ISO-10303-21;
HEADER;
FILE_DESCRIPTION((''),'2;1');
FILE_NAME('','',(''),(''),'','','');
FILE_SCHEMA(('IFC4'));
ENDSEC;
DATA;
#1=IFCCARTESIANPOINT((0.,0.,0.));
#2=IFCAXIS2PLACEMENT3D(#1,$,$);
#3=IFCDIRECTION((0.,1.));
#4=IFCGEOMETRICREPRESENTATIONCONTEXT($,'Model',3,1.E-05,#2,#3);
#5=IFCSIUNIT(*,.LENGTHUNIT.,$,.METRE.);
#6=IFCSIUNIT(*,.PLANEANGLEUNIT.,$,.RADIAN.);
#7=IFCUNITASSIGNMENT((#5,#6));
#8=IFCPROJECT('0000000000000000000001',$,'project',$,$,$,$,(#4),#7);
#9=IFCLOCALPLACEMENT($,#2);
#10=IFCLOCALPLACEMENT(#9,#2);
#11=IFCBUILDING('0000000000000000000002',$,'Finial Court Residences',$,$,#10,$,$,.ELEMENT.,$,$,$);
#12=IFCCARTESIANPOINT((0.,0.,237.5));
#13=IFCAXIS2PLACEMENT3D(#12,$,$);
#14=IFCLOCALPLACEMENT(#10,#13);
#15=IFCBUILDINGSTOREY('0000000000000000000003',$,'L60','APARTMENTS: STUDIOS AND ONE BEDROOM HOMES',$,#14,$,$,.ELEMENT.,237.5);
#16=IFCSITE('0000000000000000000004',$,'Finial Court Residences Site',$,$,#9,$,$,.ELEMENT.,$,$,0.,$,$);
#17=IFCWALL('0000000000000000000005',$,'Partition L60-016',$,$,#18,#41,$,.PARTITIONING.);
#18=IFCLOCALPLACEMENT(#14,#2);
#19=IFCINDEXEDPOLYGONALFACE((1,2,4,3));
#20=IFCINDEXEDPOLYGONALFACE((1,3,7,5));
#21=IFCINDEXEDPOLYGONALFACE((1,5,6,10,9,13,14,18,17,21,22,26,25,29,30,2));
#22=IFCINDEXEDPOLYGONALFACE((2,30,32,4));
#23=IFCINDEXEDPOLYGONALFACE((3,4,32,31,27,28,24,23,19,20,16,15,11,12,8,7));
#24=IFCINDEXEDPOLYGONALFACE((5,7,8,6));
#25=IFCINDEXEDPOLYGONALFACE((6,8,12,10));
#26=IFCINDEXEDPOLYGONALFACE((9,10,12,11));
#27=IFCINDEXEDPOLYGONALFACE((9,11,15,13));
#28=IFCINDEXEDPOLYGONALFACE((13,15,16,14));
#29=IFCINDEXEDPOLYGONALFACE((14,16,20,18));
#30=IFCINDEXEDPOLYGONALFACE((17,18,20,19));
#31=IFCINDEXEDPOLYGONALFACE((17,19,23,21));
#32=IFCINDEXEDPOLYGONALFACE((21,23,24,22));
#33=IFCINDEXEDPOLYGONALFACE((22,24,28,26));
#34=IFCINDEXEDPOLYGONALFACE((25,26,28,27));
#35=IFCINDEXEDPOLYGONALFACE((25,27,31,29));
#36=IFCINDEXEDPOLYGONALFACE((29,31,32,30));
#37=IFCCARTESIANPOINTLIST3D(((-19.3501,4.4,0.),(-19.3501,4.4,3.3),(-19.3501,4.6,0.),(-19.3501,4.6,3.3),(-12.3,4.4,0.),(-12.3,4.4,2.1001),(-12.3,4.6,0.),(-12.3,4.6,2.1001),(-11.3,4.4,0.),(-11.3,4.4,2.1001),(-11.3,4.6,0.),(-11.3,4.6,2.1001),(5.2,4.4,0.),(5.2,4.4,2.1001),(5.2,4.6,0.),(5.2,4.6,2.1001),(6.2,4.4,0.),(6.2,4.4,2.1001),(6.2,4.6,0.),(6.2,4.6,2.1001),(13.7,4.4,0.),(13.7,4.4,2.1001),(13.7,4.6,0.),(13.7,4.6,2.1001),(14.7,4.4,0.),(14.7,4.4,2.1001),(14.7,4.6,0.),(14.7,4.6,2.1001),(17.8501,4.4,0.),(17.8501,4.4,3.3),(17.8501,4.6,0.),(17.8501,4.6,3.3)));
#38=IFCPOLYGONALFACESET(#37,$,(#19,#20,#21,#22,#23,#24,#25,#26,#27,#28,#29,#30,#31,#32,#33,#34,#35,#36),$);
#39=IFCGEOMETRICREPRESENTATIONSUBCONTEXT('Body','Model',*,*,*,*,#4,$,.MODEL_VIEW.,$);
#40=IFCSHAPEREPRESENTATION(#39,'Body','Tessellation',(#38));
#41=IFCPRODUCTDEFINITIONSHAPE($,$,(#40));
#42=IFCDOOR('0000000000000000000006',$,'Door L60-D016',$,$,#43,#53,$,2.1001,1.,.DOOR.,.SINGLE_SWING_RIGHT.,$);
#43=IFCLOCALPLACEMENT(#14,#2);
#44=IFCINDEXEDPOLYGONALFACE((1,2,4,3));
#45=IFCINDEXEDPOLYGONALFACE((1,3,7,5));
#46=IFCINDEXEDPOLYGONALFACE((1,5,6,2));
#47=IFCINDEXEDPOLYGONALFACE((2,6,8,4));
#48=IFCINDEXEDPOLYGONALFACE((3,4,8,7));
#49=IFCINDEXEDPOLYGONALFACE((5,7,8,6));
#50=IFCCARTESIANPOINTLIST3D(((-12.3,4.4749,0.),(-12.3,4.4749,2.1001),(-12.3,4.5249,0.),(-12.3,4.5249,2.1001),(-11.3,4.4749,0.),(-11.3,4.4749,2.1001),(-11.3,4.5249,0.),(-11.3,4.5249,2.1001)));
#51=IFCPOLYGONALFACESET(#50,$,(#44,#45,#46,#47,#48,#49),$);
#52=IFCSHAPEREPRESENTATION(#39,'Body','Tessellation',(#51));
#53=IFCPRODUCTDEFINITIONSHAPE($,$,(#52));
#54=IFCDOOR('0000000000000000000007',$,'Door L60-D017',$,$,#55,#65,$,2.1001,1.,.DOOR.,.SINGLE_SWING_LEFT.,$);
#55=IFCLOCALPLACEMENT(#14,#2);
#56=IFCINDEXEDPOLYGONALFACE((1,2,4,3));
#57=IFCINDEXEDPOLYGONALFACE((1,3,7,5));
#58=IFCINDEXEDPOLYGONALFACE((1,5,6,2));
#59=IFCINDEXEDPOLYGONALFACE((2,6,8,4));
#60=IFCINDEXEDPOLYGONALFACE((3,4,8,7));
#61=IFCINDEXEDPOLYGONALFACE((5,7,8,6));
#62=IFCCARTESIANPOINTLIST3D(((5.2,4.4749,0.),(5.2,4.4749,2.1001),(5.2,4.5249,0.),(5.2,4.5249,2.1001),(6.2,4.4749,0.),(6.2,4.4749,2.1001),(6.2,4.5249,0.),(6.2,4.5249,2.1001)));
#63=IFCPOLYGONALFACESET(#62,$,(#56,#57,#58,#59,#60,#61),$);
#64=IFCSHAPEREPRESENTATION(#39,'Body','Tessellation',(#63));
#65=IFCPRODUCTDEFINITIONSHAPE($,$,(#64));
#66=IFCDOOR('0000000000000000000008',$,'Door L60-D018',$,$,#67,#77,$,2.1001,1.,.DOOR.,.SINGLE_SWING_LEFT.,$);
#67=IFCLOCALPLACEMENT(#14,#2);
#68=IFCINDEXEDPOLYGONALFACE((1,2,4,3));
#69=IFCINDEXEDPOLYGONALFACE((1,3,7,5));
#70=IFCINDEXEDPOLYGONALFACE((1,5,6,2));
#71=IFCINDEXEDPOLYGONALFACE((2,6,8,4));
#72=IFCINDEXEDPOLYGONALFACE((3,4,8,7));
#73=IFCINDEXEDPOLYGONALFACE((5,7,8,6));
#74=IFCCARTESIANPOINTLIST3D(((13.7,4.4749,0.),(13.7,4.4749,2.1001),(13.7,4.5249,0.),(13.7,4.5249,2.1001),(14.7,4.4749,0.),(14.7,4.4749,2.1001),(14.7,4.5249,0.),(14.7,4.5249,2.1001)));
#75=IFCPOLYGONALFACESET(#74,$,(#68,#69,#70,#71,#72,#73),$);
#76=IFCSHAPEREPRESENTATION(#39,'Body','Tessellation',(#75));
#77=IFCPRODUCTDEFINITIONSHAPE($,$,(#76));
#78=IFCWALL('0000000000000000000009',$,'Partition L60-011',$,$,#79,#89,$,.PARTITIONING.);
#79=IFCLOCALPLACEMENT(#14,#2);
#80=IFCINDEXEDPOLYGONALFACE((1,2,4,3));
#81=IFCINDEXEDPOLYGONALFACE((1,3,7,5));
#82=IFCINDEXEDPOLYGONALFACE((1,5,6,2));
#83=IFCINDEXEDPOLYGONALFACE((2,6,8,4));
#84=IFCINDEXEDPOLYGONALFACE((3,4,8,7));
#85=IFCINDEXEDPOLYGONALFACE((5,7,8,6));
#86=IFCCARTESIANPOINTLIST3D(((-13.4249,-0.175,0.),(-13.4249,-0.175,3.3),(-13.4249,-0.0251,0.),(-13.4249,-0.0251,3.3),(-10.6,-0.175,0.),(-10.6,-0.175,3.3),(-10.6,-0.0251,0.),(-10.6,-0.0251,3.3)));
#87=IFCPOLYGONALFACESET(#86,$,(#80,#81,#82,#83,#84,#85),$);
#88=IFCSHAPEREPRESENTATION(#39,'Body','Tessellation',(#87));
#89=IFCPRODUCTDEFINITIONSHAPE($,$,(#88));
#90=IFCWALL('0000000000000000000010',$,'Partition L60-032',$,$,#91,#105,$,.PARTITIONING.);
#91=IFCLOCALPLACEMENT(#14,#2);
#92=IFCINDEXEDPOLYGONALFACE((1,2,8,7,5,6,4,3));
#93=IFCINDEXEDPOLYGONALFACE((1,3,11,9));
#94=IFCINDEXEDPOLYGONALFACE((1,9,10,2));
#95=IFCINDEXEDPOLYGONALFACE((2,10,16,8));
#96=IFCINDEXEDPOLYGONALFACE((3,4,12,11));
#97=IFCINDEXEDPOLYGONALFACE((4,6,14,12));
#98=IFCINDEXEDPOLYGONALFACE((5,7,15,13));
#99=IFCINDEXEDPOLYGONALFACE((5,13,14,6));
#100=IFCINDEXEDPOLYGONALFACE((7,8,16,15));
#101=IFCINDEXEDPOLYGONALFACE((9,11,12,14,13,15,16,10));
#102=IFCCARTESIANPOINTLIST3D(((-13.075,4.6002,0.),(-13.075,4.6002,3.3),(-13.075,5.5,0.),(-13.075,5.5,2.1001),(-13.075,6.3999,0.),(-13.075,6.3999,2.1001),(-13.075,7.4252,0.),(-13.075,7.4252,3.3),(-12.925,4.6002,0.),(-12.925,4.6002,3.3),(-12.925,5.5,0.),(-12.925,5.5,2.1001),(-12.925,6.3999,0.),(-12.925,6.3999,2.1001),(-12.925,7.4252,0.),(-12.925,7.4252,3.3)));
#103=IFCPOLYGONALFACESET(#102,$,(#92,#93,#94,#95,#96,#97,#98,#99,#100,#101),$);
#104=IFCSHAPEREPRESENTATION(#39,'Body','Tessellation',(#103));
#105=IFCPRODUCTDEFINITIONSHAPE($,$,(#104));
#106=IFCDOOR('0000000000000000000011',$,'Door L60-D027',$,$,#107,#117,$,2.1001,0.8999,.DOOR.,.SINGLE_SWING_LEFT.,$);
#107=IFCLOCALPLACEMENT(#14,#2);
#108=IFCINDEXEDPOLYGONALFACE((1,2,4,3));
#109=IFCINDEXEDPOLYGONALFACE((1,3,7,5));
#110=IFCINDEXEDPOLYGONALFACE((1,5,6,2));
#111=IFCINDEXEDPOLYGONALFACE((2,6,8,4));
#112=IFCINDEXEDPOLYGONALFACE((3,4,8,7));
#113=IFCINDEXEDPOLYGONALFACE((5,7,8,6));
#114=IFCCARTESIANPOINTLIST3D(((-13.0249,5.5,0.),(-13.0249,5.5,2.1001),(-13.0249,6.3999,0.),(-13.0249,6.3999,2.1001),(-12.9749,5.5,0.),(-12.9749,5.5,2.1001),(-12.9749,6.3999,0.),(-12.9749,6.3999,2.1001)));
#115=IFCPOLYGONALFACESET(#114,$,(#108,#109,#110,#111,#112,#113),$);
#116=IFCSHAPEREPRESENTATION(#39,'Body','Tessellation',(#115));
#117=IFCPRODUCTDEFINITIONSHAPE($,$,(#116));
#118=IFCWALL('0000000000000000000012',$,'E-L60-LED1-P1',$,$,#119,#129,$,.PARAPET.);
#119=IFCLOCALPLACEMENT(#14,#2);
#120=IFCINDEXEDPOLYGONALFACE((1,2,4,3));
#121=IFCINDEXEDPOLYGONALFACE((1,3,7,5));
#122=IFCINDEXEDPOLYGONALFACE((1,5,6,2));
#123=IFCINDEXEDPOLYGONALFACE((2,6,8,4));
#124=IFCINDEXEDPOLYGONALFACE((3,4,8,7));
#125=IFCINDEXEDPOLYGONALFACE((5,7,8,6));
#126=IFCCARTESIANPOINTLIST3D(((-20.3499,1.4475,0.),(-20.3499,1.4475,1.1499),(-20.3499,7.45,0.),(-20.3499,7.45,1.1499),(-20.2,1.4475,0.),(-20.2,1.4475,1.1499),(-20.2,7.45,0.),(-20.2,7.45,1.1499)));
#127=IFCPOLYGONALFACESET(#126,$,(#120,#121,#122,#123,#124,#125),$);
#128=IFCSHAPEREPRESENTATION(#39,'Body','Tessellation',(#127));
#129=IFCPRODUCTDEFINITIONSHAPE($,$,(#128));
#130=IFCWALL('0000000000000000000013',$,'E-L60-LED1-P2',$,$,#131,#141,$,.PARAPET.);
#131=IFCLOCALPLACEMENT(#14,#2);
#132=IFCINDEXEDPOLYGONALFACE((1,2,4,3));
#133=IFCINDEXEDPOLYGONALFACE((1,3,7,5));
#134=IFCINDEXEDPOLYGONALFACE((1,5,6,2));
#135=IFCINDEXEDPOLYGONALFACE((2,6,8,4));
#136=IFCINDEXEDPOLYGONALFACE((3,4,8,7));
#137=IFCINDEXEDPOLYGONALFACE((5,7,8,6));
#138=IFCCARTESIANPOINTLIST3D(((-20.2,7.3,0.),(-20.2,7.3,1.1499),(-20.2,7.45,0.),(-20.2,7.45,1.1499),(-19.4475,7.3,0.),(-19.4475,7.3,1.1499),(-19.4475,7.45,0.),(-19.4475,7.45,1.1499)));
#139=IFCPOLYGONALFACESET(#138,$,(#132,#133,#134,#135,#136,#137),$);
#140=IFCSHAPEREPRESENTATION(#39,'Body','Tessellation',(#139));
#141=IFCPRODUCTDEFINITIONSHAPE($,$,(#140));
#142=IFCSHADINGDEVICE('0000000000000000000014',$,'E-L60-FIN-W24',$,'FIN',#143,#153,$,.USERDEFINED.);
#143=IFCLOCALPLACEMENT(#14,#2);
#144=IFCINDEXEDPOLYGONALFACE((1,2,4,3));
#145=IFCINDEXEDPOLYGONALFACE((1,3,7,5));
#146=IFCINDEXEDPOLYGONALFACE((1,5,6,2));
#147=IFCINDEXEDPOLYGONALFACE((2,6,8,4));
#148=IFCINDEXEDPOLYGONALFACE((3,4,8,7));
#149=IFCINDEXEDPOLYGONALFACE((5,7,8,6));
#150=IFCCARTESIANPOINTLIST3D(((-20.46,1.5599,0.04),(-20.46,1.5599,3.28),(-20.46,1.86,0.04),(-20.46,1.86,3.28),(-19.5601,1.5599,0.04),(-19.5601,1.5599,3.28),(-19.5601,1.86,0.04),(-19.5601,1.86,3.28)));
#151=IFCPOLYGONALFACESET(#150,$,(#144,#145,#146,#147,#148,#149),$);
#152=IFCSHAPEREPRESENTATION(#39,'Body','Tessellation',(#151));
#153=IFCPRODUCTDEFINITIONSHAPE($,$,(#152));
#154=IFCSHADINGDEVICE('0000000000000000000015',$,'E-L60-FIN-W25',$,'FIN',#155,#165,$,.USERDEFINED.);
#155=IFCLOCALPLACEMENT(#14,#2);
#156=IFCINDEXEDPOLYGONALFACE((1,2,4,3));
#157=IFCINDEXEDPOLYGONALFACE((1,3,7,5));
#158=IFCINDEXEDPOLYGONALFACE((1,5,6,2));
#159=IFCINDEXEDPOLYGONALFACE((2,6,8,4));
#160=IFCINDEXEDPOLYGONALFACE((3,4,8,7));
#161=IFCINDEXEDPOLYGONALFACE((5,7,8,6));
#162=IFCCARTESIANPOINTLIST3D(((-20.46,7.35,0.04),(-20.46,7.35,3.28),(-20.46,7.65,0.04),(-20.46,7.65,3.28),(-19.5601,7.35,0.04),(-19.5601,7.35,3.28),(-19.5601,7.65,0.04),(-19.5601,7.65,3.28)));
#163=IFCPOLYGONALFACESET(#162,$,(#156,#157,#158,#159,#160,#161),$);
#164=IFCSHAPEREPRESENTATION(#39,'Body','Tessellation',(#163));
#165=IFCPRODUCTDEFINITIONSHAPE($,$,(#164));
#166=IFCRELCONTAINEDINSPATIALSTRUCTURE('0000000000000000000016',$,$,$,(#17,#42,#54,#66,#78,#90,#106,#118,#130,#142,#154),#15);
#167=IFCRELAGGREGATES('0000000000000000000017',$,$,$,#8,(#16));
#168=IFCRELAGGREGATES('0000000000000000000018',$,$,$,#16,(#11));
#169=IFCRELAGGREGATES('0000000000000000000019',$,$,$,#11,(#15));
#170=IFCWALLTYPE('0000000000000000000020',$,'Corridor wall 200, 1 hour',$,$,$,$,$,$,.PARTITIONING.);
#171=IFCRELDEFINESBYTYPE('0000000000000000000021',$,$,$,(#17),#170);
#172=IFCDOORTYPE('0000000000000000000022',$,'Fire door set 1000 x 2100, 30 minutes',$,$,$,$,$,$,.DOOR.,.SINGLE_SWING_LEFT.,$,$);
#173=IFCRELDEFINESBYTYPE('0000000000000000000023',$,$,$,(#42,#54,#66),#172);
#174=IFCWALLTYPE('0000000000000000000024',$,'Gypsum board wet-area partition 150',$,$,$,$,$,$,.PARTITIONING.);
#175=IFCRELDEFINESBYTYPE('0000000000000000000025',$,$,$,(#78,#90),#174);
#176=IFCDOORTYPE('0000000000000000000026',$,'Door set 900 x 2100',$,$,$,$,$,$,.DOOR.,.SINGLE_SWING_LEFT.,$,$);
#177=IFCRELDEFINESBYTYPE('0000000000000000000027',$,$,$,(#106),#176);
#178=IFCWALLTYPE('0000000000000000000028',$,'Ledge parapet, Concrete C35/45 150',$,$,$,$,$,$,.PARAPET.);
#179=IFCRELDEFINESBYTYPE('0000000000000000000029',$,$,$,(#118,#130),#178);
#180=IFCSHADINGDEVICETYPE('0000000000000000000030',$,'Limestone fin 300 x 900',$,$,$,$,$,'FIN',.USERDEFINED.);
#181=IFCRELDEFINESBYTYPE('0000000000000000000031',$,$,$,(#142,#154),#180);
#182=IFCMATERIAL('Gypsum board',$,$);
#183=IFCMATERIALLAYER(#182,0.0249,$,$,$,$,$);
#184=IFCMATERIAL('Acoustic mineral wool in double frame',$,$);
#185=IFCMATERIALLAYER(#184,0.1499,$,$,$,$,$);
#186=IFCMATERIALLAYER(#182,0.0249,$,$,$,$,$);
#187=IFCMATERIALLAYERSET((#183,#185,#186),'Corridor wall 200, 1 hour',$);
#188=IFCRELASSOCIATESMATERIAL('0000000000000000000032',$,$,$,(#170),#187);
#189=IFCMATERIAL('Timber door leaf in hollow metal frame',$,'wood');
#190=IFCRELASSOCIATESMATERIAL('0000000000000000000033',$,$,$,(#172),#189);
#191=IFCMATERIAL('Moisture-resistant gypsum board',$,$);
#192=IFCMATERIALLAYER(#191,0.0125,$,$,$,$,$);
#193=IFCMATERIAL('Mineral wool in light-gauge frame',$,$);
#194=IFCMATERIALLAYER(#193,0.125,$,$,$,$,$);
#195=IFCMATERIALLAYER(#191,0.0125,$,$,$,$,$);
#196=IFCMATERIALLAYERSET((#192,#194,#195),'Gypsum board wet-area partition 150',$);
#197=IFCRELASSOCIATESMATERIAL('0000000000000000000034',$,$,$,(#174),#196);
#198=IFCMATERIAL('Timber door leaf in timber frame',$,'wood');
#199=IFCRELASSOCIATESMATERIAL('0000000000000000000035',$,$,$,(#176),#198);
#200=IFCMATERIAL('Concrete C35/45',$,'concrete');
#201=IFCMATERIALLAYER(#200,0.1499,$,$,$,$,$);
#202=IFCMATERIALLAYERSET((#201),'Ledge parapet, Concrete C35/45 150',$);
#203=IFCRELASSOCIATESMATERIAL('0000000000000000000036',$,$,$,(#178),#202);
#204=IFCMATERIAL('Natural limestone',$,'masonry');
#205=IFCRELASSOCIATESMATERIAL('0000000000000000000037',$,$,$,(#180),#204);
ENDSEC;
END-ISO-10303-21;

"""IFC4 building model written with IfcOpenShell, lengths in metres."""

from ifc_helpers import new_model, si_unit, direction, frame, frame_2d, origin, origin_2d, place, context, subcontext, project, spatial, rectangle, extrude, material, layer, layer_set, type_object, element, fill, save


model = new_model("IFC4")

# Units and contexts
model_context = context("Model", 3, precision=1e-05, world=origin(), true_north=direction((0.0, 1.0)))
body_context = subcontext(model_context, "Body", "Model", "MODEL_VIEW")
ifc_project = project(units=[si_unit("LENGTHUNIT", "METRE"), si_unit("PLANEANGLEUNIT", "RADIAN")], contexts=[model_context])

# Site, building, storey
site_placement = place(None, origin())
site = spatial("IfcSite", under=ifc_project, at=site_placement, Name="Finial Court Residences Site", CompositionType="ELEMENT", RefElevation=0.0)
building_placement = place(site_placement, origin())
building = spatial("IfcBuilding", under=site, at=building_placement, Name="Finial Court Residences", CompositionType="ELEMENT")
storey_placement = place(building_placement, frame((0.0, 0.0, 237.5)))
storey = spatial("IfcBuildingStorey", under=building, at=storey_placement, Name="L60", Description="APARTMENTS: STUDIOS AND ONE BEDROOM HOMES", CompositionType="ELEMENT", Elevation=237.5)

# Shared definitions
ifc_material_1 = material(Name="Gypsum board")
ifc_layer_1 = layer(ifc_material_1, 0.0249)
ifc_material_2 = material(Name="Acoustic mineral wool in double frame")
ifc_layer_2 = layer(ifc_material_2, 0.1499)
ifc_layer_3 = layer(ifc_material_1, 0.0249)
ifc_layer_set_1 = layer_set([ifc_layer_1, ifc_layer_2, ifc_layer_3], Name="Corridor wall 200, 1 hour")
wall_type_1 = type_object("IfcWallType", Name="Corridor wall 200, 1 hour", PredefinedType="PARTITIONING", material=ifc_layer_set_1)

# Wall, openings, doors
wall_1_placement = place(storey_placement, frame((-19.3501, 4.5, 0.0), z_axis=(0.0, 0.0, 1.0), x_axis=(1.0, 0.0, 0.0)))
wall_1 = element("IfcWall", 1, at=wall_1_placement, inside=storey, type_object=wall_type_1, Name="Partition L60-016", PredefinedType="PARTITIONING", context=body_context, shape_type="SweptSolid", body=[
    extrude(rectangle(XDim=37.2002, YDim=0.2, at=frame_2d((18.6001, 0.0))), origin(), (0.0, 0.0, 1.0), 3.3),
])
opening_1_placement = place(wall_1_placement, frame((7.05, 0.0, 0.0)))
opening_1 = element("IfcOpeningElement", 2, at=opening_1_placement, cuts=wall_1, PredefinedType="OPENING", context=body_context, shape_type="SweptSolid", body=[
    extrude(rectangle(XDim=1.0, YDim=2.1001, at=frame_2d((0.5, 1.05))), frame((0.0, 0.1099, 0.0), z_axis=(0.0, -1.0, 0.0), x_axis=(1.0, 0.0, 0.0)), (0.0, 0.0, 1.0), 0.22),
])
opening_2_placement = place(wall_1_placement, frame((24.55, 0.0, 0.0)))
opening_2 = element("IfcOpeningElement", 3, at=opening_2_placement, cuts=wall_1, PredefinedType="OPENING", context=body_context, shape_type="SweptSolid", body=[
    extrude(rectangle(XDim=1.0, YDim=2.1001, at=frame_2d((0.5, 1.05))), frame((0.0, 0.1099, 0.0), z_axis=(0.0, -1.0, 0.0), x_axis=(1.0, 0.0, 0.0)), (0.0, 0.0, 1.0), 0.22),
])
opening_3_placement = place(wall_1_placement, frame((33.05, 0.0, 0.0)))
opening_3 = element("IfcOpeningElement", 4, at=opening_3_placement, cuts=wall_1, PredefinedType="OPENING", context=body_context, shape_type="SweptSolid", body=[
    extrude(rectangle(XDim=1.0, YDim=2.1001, at=frame_2d((0.5, 1.05))), frame((0.0, 0.1099, 0.0), z_axis=(0.0, -1.0, 0.0), x_axis=(1.0, 0.0, 0.0)), (0.0, 0.0, 1.0), 0.22),
])
ifc_material_3 = material(Name="Timber door leaf in hollow metal frame", Category="wood")
door_type_1 = type_object("IfcDoorType", Name="Fire door set 1000 x 2100, 30 minutes", OperationType="SINGLE_SWING_LEFT", PredefinedType="DOOR", material=ifc_material_3)
door_1_placement = place(opening_1_placement, origin())
door_1 = element("IfcDoor", 5, at=door_1_placement, inside=storey, type_object=door_type_1, Name="Door L60-D016", OperationType="SINGLE_SWING_RIGHT", OverallHeight=2.1001, OverallWidth=1.0, PredefinedType="DOOR", context=body_context, shape_type="SweptSolid", body=[
    extrude(rectangle(XDim=1.0, YDim=2.1001, at=frame_2d((0.5, 1.05))), frame((0.0, 0.0249, 0.0), z_axis=(0.0, -1.0, 0.0), x_axis=(1.0, 0.0, 0.0)), (0.0, 0.0, 1.0), 0.05),
])
fill(opening_1, door_1)
door_2_placement = place(opening_2_placement, origin())
door_2 = element("IfcDoor", 6, at=door_2_placement, inside=storey, type_object=door_type_1, Name="Door L60-D017", OperationType="SINGLE_SWING_LEFT", OverallHeight=2.1001, OverallWidth=1.0, PredefinedType="DOOR", context=body_context, shape_type="SweptSolid", body=[
    extrude(rectangle(XDim=1.0, YDim=2.1001, at=frame_2d((0.5, 1.05))), frame((0.0, 0.0249, 0.0), z_axis=(0.0, -1.0, 0.0), x_axis=(1.0, 0.0, 0.0)), (0.0, 0.0, 1.0), 0.05),
])
fill(opening_2, door_2)
door_3_placement = place(opening_3_placement, origin())
door_3 = element("IfcDoor", 7, at=door_3_placement, inside=storey, type_object=door_type_1, Name="Door L60-D018", OperationType="SINGLE_SWING_LEFT", OverallHeight=2.1001, OverallWidth=1.0, PredefinedType="DOOR", context=body_context, shape_type="SweptSolid", body=[
    extrude(rectangle(XDim=1.0, YDim=2.1001, at=frame_2d((0.5, 1.05))), frame((0.0, 0.0249, 0.0), z_axis=(0.0, -1.0, 0.0), x_axis=(1.0, 0.0, 0.0)), (0.0, 0.0, 1.0), 0.05),
])
fill(opening_3, door_3)

# Wall
ifc_material_4 = material(Name="Moisture-resistant gypsum board")
ifc_layer_4 = layer(ifc_material_4, 0.0125)
ifc_material_5 = material(Name="Mineral wool in light-gauge frame")
ifc_layer_5 = layer(ifc_material_5, 0.125)
ifc_layer_6 = layer(ifc_material_4, 0.0125)
ifc_layer_set_2 = layer_set([ifc_layer_4, ifc_layer_5, ifc_layer_6], Name="Gypsum board wet-area partition 150")
wall_type_2 = type_object("IfcWallType", Name="Gypsum board wet-area partition 150", PredefinedType="PARTITIONING", material=ifc_layer_set_2)
wall_2_placement = place(storey_placement, frame((-13.425, -0.1001, 0.0), z_axis=(0.0, 0.0, 1.0), x_axis=(1.0, 0.0, 0.0)))
element("IfcWall", 8, at=wall_2_placement, inside=storey, type_object=wall_type_2, Name="Partition L60-011", PredefinedType="PARTITIONING", context=body_context, shape_type="SweptSolid", body=[
    extrude(rectangle(XDim=2.825, YDim=0.1499, at=frame_2d((1.4126, 0.0))), origin(), (0.0, 0.0, 1.0), 3.3),
])

# Wall, opening, door
wall_3_placement = place(storey_placement, frame((-13.0, 4.6001, 0.0), z_axis=(0.0, 0.0, 1.0), x_axis=(0.0, 1.0, 0.0)))
wall_3 = element("IfcWall", 9, at=wall_3_placement, inside=storey, type_object=wall_type_2, Name="Partition L60-032", PredefinedType="PARTITIONING", context=body_context, shape_type="SweptSolid", body=[
    extrude(rectangle(XDim=2.825, YDim=0.1499, at=frame_2d((1.4126, 0.0))), origin(), (0.0, 0.0, 1.0), 3.3),
])
opening_4_placement = place(wall_3_placement, frame((0.8999, 0.0, 0.0)))
opening_4 = element("IfcOpeningElement", 10, at=opening_4_placement, cuts=wall_3, PredefinedType="OPENING", context=body_context, shape_type="SweptSolid", body=[
    extrude(rectangle(XDim=0.8999, YDim=2.1001, at=frame_2d((0.45, 1.05))), frame((0.0, 0.085, 0.0), z_axis=(0.0, -1.0, 0.0), x_axis=(1.0, 0.0, 0.0)), (0.0, 0.0, 1.0), 0.1699),
])
ifc_material_6 = material(Name="Timber door leaf in timber frame", Category="wood")
door_type_2 = type_object("IfcDoorType", Name="Door set 900 x 2100", OperationType="SINGLE_SWING_LEFT", PredefinedType="DOOR", material=ifc_material_6)
door_4_placement = place(opening_4_placement, origin())
door_4 = element("IfcDoor", 11, at=door_4_placement, inside=storey, type_object=door_type_2, Name="Door L60-D027", OperationType="SINGLE_SWING_LEFT", OverallHeight=2.1001, OverallWidth=0.8999, PredefinedType="DOOR", context=body_context, shape_type="SweptSolid", body=[
    extrude(rectangle(XDim=0.8999, YDim=2.1001, at=frame_2d((0.45, 1.05))), frame((0.0, 0.0249, 0.0), z_axis=(0.0, -1.0, 0.0), x_axis=(1.0, 0.0, 0.0)), (0.0, 0.0, 1.0), 0.05),
])
fill(opening_4, door_4)

# Walls
ifc_material_7 = material(Name="Concrete C35/45", Category="concrete")
ifc_layer_7 = layer(ifc_material_7, 0.1499)
ifc_layer_set_3 = layer_set([ifc_layer_7], Name="Ledge parapet, Concrete C35/45 150")
wall_type_3 = type_object("IfcWallType", Name="Ledge parapet, Concrete C35/45 150", PredefinedType="PARAPET", material=ifc_layer_set_3)
wall_4_placement = place(storey_placement, frame((-20.2749, 1.4475, 0.0), z_axis=(0.0, 0.0, 1.0), x_axis=(0.0, 1.0, 0.0)))
element("IfcWall", 12, at=wall_4_placement, inside=storey, type_object=wall_type_3, Name="E-L60-LED1-P1", PredefinedType="PARAPET", context=body_context, shape_type="SweptSolid", body=[
    extrude(rectangle(XDim=6.0024, YDim=0.1499, at=frame_2d((3.0012, 0.0))), origin(), (0.0, 0.0, 1.0), 1.1499),
])
wall_5_placement = place(storey_placement, frame((-20.2, 7.375, 0.0), z_axis=(0.0, 0.0, 1.0), x_axis=(1.0, 0.0, 0.0)))
element("IfcWall", 13, at=wall_5_placement, inside=storey, type_object=wall_type_3, Name="E-L60-LED1-P2", PredefinedType="PARAPET", context=body_context, shape_type="SweptSolid", body=[
    extrude(rectangle(XDim=0.7524, YDim=0.1499, at=frame_2d((0.3762, 0.0))), origin(), (0.0, 0.0, 1.0), 1.1499),
])

# Shading devices
ifc_material_8 = material(Name="Natural limestone", Category="masonry")
shading_device_type = type_object("IfcShadingDeviceType", Name="Limestone fin 300 x 900", ElementType="FIN", PredefinedType="USERDEFINED", material=ifc_material_8)
for number, where, z_axis, x_axis, name in (
    (14, (-20.01, 1.71, 0.04), (0.0, 0.0, 1.0), (1.0, 0.0, 0.0), "E-L60-FIN-W24"),
    (15, (-20.01, 7.5, 0.04), (0.0, 0.0, 1.0), (1.0, 0.0, 0.0), "E-L60-FIN-W25"),
):
    element("IfcShadingDevice", number, at=place(storey_placement, frame(where, z_axis=z_axis, x_axis=x_axis)), inside=storey, type_object=shading_device_type, Name=name, ObjectType="FIN", PredefinedType="USERDEFINED", context=body_context, shape_type="SweptSolid", body=[
        extrude(rectangle(XDim=0.8999, YDim=0.3, at=origin_2d()), origin(), (0.0, 0.0, 1.0), 3.24),
    ])

save(model, "model.ifc")
